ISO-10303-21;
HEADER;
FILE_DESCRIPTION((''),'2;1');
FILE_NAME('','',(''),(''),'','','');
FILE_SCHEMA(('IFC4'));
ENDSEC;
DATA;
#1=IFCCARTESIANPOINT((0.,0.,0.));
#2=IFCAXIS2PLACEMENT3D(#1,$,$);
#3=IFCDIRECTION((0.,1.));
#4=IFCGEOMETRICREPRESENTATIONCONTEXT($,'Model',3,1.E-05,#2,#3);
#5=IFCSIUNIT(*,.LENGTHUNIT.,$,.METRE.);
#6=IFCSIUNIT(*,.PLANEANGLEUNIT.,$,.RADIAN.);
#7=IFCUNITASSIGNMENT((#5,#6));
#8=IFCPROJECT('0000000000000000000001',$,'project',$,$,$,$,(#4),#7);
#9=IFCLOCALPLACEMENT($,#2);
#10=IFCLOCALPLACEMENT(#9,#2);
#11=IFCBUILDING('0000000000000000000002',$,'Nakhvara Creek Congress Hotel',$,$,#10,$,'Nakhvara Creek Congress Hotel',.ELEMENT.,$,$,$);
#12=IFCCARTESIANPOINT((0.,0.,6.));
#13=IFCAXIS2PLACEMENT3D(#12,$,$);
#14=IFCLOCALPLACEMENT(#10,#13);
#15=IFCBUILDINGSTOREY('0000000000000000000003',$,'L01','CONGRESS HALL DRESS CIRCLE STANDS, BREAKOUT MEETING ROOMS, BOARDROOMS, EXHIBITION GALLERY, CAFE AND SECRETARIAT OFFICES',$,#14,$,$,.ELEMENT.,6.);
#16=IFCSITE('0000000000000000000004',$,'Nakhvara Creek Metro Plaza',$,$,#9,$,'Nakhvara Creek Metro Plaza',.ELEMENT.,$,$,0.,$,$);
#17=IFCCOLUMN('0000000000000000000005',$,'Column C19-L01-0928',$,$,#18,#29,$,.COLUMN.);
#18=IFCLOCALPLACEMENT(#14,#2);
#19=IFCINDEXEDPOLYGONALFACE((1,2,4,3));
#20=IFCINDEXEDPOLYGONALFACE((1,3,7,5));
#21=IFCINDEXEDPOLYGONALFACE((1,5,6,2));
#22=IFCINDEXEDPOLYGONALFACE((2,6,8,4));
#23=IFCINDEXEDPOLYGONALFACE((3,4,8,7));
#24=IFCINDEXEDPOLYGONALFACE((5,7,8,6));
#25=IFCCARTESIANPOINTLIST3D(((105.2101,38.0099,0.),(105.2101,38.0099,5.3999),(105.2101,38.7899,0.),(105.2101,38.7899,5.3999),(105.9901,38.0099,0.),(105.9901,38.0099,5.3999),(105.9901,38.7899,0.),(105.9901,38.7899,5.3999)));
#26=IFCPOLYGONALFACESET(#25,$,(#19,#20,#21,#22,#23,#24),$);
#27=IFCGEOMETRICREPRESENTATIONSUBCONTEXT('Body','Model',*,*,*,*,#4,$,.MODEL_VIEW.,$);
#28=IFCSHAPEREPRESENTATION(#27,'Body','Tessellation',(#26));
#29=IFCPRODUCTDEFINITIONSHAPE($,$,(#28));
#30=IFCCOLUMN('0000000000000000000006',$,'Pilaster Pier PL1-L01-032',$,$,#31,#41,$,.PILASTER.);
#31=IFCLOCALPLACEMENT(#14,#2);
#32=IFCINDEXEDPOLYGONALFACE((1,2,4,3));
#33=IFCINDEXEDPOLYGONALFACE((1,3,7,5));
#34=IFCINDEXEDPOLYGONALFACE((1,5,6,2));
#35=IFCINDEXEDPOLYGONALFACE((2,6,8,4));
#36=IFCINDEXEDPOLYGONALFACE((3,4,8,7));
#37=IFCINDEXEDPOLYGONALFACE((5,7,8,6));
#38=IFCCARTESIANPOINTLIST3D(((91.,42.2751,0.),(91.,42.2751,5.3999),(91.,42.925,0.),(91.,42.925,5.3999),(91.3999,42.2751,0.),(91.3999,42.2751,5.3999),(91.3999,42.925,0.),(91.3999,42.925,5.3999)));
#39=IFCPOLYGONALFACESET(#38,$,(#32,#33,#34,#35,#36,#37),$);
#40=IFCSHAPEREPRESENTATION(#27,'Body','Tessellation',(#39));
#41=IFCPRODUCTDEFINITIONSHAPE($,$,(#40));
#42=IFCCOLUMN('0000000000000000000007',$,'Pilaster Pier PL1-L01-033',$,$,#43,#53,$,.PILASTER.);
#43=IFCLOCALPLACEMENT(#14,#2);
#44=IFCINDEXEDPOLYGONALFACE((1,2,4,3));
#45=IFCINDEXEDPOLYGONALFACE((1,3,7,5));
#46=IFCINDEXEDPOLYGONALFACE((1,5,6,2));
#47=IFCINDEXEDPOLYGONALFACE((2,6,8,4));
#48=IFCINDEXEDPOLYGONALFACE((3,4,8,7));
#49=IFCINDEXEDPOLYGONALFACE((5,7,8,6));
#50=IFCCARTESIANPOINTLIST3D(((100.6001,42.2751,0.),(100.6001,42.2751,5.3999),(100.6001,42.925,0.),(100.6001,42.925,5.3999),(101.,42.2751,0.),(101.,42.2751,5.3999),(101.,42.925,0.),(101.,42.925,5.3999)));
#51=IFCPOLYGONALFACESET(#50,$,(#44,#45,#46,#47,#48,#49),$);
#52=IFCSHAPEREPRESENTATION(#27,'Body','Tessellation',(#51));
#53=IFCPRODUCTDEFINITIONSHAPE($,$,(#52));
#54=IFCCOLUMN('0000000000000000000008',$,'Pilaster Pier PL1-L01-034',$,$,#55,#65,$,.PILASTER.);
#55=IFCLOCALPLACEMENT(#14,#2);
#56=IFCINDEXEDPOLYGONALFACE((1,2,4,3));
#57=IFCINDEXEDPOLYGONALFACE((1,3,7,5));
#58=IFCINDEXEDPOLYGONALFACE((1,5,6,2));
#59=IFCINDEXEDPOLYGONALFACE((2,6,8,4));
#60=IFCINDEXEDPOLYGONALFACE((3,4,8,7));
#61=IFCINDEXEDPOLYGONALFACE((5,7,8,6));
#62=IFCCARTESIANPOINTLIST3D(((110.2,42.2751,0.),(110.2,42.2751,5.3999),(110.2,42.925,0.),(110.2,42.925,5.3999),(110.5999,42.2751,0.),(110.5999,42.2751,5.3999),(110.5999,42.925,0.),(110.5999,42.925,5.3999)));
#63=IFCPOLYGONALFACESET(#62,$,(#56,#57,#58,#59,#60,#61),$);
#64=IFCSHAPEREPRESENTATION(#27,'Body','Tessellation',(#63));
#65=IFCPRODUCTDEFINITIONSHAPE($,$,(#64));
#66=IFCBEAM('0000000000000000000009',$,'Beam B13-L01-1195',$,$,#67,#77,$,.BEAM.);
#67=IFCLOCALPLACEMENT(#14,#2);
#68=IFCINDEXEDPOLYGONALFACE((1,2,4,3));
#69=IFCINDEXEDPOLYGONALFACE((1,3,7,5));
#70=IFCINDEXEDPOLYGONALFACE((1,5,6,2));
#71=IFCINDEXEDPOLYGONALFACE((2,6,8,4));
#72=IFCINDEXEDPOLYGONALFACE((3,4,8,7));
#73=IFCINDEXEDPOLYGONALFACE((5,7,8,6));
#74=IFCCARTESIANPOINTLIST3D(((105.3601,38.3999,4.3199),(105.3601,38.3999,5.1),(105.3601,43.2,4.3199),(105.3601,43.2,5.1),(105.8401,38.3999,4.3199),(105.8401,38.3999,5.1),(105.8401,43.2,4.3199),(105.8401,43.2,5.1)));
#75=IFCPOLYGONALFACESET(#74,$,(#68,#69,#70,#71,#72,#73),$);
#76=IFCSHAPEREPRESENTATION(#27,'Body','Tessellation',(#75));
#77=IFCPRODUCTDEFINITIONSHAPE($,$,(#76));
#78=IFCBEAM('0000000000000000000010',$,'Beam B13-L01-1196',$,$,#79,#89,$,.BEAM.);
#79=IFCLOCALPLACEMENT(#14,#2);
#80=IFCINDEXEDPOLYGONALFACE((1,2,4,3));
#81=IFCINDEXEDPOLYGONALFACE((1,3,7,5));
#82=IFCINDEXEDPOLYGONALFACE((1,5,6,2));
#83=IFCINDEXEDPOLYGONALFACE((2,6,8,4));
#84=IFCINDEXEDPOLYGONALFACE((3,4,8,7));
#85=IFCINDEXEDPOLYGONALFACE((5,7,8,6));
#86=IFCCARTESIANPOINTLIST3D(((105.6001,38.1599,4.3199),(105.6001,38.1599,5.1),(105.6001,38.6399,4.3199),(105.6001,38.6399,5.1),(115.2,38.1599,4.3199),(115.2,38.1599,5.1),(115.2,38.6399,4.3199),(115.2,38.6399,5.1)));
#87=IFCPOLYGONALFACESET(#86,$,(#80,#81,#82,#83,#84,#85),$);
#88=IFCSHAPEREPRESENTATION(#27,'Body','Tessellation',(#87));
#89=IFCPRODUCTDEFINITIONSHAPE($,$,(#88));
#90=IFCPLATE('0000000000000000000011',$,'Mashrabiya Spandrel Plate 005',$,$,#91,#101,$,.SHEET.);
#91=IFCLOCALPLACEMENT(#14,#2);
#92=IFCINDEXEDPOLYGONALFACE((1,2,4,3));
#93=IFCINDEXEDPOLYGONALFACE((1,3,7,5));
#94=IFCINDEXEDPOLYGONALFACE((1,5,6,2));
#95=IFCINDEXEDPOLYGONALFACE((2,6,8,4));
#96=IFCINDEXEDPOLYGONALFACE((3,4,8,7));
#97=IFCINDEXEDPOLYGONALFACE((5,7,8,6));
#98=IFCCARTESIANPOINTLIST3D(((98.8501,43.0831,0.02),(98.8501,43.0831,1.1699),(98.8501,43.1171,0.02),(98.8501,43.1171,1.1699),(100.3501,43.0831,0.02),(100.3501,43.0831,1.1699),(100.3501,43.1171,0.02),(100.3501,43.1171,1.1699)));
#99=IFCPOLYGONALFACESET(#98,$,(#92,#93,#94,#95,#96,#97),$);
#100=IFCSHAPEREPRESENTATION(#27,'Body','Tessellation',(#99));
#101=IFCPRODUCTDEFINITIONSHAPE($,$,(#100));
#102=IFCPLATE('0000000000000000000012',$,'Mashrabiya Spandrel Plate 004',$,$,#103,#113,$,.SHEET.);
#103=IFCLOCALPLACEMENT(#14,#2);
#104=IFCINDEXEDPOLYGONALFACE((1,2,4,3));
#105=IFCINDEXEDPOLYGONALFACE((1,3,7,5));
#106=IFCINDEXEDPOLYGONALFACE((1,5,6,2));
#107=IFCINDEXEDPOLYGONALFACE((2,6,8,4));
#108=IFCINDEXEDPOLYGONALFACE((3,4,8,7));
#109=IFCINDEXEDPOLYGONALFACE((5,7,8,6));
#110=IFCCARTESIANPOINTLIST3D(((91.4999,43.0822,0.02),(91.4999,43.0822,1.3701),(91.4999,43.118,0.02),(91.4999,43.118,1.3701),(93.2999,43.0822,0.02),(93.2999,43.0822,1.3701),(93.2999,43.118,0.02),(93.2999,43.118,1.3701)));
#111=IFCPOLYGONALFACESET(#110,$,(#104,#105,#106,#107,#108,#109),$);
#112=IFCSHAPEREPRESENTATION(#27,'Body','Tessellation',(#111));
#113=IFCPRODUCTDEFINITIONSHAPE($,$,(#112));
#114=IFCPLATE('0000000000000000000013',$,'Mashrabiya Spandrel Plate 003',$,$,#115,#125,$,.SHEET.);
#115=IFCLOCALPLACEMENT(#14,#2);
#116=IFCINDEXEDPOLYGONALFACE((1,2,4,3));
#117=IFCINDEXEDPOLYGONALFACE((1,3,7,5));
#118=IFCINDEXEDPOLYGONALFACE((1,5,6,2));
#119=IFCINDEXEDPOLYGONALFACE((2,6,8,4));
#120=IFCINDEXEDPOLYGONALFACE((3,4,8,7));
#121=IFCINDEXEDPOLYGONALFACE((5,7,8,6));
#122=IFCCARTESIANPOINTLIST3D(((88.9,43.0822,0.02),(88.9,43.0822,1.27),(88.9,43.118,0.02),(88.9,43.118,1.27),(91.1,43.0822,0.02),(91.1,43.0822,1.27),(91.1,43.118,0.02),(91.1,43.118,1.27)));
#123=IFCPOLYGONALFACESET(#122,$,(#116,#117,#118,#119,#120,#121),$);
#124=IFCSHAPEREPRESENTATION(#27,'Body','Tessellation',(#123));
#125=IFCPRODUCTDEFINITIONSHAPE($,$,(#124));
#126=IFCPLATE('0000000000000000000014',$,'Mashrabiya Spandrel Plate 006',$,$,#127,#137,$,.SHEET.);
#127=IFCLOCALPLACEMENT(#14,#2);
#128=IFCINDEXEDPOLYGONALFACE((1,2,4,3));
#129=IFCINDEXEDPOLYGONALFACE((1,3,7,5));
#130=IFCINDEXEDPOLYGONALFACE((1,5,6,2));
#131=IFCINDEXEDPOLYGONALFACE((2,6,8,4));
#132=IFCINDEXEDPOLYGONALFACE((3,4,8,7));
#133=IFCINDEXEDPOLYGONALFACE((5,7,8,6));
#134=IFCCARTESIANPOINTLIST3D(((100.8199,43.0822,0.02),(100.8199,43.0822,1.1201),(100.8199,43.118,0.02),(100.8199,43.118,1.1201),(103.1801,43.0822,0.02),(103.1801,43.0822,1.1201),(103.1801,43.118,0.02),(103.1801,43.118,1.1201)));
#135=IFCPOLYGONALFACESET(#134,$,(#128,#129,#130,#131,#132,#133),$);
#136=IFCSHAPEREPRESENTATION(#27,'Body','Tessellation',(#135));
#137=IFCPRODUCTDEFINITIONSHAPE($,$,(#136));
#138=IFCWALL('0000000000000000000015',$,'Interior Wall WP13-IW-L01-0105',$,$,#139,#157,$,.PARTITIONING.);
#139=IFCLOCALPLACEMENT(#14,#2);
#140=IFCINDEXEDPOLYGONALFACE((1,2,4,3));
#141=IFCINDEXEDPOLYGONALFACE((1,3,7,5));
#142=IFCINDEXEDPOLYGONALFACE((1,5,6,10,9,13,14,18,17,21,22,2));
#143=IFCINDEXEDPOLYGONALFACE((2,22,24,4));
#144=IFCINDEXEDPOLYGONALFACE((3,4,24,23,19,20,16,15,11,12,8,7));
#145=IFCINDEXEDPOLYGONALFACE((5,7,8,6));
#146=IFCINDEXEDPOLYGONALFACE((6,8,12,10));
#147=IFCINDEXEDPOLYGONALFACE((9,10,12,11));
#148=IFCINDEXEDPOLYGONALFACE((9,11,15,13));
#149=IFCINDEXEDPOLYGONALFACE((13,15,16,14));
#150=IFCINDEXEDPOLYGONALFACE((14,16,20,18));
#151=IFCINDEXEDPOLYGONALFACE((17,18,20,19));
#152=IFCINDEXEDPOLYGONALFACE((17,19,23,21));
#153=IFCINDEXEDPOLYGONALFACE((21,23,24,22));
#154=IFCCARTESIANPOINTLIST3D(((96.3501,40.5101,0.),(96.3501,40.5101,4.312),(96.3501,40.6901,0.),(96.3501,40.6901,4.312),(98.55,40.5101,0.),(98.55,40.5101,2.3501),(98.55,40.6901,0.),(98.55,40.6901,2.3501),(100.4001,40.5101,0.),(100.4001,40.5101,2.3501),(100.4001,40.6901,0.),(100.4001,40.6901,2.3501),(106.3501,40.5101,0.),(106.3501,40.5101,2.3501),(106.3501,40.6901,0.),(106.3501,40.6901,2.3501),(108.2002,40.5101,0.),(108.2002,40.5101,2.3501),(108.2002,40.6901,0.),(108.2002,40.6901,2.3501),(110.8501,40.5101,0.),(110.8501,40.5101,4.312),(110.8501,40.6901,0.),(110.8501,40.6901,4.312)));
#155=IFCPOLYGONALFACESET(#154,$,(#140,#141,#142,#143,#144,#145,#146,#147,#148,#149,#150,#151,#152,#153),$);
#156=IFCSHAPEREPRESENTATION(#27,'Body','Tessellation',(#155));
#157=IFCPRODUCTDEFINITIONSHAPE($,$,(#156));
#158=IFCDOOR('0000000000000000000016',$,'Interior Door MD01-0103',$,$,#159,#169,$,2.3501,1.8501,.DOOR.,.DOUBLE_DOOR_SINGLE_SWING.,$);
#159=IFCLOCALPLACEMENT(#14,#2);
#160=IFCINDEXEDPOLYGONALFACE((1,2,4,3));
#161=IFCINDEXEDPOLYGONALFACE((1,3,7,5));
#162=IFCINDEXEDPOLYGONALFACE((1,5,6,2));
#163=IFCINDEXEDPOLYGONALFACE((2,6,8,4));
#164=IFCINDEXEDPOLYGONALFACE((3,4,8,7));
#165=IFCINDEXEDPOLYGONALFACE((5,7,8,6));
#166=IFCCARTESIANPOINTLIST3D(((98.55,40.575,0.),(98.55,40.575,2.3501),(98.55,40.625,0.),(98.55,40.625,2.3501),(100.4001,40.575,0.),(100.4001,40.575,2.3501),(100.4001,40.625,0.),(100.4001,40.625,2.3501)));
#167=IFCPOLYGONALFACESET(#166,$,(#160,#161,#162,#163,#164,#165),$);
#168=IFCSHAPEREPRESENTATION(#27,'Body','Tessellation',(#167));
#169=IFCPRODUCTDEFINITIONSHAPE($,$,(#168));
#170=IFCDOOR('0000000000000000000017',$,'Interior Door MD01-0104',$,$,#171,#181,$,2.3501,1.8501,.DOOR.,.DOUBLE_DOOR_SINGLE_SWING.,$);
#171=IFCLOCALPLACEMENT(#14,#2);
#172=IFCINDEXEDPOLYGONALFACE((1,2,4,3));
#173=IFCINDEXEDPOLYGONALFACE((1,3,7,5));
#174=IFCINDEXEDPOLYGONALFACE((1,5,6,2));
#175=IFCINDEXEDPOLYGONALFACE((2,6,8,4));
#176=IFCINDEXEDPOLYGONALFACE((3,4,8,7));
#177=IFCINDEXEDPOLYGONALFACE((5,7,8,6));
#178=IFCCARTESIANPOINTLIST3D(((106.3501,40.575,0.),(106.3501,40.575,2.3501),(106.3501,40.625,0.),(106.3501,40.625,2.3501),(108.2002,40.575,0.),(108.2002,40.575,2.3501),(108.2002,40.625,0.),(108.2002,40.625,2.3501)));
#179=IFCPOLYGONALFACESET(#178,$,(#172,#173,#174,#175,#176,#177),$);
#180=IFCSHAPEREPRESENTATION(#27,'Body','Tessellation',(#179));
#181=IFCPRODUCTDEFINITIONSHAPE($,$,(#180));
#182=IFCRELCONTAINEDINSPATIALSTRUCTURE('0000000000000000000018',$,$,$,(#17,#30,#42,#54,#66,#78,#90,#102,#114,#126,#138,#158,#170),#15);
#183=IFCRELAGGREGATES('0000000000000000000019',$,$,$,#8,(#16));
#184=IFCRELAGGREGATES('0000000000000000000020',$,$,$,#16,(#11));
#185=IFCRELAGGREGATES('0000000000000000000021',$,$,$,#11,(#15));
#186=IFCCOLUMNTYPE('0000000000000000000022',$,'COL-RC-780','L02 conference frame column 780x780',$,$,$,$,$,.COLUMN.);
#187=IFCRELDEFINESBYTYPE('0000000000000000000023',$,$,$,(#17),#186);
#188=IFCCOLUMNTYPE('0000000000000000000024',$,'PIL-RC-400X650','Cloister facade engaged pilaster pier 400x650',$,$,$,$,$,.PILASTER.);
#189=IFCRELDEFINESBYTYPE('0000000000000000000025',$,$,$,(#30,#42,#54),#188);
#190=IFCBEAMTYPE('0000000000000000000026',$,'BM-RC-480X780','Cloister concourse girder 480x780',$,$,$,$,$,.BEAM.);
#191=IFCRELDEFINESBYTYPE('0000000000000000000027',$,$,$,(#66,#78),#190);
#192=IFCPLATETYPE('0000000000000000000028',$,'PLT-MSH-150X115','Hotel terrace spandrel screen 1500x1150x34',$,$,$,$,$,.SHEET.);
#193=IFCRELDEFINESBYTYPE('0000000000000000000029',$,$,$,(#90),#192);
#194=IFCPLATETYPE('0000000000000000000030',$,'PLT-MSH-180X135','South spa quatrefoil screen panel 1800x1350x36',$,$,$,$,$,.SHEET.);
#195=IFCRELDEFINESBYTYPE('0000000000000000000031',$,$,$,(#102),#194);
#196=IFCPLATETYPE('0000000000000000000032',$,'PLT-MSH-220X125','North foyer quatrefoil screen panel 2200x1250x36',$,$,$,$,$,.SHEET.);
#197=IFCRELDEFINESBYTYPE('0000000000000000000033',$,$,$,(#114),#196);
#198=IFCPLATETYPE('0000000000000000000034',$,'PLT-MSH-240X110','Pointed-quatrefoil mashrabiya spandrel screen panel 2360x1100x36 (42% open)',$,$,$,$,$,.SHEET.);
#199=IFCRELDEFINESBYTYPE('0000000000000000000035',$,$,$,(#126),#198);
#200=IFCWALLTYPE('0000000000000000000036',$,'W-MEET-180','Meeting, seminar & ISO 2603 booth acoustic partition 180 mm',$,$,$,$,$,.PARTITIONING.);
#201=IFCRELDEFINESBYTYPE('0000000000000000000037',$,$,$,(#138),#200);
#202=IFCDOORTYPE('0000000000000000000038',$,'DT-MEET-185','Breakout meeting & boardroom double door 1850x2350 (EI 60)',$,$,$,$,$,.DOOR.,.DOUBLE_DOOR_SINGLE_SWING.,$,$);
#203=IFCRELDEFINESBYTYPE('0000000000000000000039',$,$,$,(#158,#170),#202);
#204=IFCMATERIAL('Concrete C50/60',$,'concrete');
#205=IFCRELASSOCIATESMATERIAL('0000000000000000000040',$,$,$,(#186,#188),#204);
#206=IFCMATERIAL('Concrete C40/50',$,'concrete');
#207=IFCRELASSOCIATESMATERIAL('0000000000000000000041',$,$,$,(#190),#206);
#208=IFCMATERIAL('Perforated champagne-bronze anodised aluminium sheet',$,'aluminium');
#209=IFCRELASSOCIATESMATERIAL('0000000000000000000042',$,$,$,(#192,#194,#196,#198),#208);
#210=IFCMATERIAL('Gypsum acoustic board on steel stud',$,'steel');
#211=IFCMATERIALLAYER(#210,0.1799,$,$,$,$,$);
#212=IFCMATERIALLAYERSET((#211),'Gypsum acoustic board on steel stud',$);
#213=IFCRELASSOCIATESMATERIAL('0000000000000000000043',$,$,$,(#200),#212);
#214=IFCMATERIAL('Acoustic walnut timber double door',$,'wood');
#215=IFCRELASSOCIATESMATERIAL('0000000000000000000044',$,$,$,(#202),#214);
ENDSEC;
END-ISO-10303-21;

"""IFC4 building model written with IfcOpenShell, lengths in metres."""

from ifc_helpers import new_model, si_unit, direction, frame, frame_2d, origin, origin_2d, place, context, subcontext, project, spatial, rectangle, extrude, material, layer, layer_set, material_profile, profile_set, type_object, element, fill, save


model = new_model("IFC4")

# Units and contexts
model_context = context("Model", 3, precision=1e-05, world=origin(), true_north=direction((0.0, 1.0)))
body_context = subcontext(model_context, "Body", "Model", "MODEL_VIEW")
ifc_project = project(units=[si_unit("LENGTHUNIT", "METRE"), si_unit("PLANEANGLEUNIT", "RADIAN")], contexts=[model_context])

# Site, building, storey
site_placement = place(None, origin())
site = spatial("IfcSite", under=ifc_project, at=site_placement, Name="Nakhvara Creek Metro Plaza", LongName="Nakhvara Creek Metro Plaza", CompositionType="ELEMENT", RefElevation=0.0)
building_placement = place(site_placement, origin())
building = spatial("IfcBuilding", under=site, at=building_placement, Name="Nakhvara Creek Congress Hotel", LongName="Nakhvara Creek Congress Hotel", CompositionType="ELEMENT")
storey_placement = place(building_placement, frame((0.0, 0.0, 6.0)))
storey = spatial("IfcBuildingStorey", under=building, at=storey_placement, Name="L01", Description="CONGRESS HALL DRESS CIRCLE STANDS, BREAKOUT MEETING ROOMS, BOARDROOMS, EXHIBITION GALLERY, CAFE AND SECRETARIAT OFFICES", CompositionType="ELEMENT", Elevation=6.0)

# Columns
ifc_material_1 = material(Name="Concrete C50/60", Category="concrete")
ifc_material_profile_1 = material_profile(ifc_material_1, rectangle(XDim=0.78, YDim=0.78, at=origin_2d()), Name="RC-COL 780x780", Category="LoadBearing")
ifc_profile_set_1 = profile_set([ifc_material_profile_1], Name="Concrete C50/60")
column_type_1 = type_object("IfcColumnType", Name="COL-RC-780", Description="L02 conference frame column 780x780", PredefinedType="COLUMN", material=ifc_profile_set_1)
column_placement = place(storey_placement, frame((105.6001, 38.3999, 0.0), z_axis=(0.0, 0.0, 1.0), x_axis=(1.0, 0.0, 0.0)))
element("IfcColumn", 1, at=column_placement, inside=storey, type_object=column_type_1, Name="Column C19-L01-0928", PredefinedType="COLUMN", context=body_context, shape_type="SweptSolid", body=[
    extrude(rectangle(XDim=0.78, YDim=0.78, at=origin_2d()), origin(), (0.0, 0.0, 1.0), 5.3999),
])
ifc_material_profile_2 = material_profile(ifc_material_1, rectangle(XDim=0.3999, YDim=0.6499, at=origin_2d()), Name="RC-PIL 400x650", Category="LoadBearing")
ifc_profile_set_2 = profile_set([ifc_material_profile_2], Name="Concrete C50/60")
column_type_2 = type_object("IfcColumnType", Name="PIL-RC-400X650", Description="Cloister facade engaged pilaster pier 400x650", PredefinedType="PILASTER", material=ifc_profile_set_2)
for number, where, z_axis, x_axis, name in (
    (2, (91.2, 42.6001, 0.0), (0.0, 0.0, 1.0), (1.0, 0.0, 0.0), "Pilaster Pier PL1-L01-032"),
    (3, (100.8, 42.6001, 0.0), (0.0, 0.0, 1.0), (1.0, 0.0, 0.0), "Pilaster Pier PL1-L01-033"),
    (4, (110.3999, 42.6001, 0.0), (0.0, 0.0, 1.0), (1.0, 0.0, 0.0), "Pilaster Pier PL1-L01-034"),
):
    element("IfcColumn", number, at=place(storey_placement, frame(where, z_axis=z_axis, x_axis=x_axis)), inside=storey, type_object=column_type_2, Name=name, PredefinedType="PILASTER", context=body_context, shape_type="SweptSolid", body=[
        extrude(rectangle(XDim=0.3999, YDim=0.6499, at=origin_2d()), origin(), (0.0, 0.0, 1.0), 5.3999),
    ])

# Beams
ifc_material_2 = material(Name="Concrete C40/50", Category="concrete")
ifc_material_profile_3 = material_profile(ifc_material_2, rectangle(XDim=0.48, YDim=0.78, at=origin_2d()), Name="RC-BM 480x780", Category="LoadBearing")
ifc_profile_set_3 = profile_set([ifc_material_profile_3], Name="Concrete C40/50")
beam_type = type_object("IfcBeamType", Name="BM-RC-480X780", Description="Cloister concourse girder 480x780", PredefinedType="BEAM", material=ifc_profile_set_3)
beam_1_placement = place(storey_placement, frame((105.6001, 38.3999, 4.71), z_axis=(0.0, 1.0, 0.0), x_axis=(-1.0, 0.0, 0.0)))
element("IfcBeam", 5, at=beam_1_placement, inside=storey, type_object=beam_type, Name="Beam B13-L01-1195", PredefinedType="BEAM", context=body_context, shape_type="SweptSolid", body=[
    extrude(rectangle(XDim=0.48, YDim=0.78, at=origin_2d()), origin(), (0.0, 0.0, 1.0), 4.8),
])
beam_2_placement = place(storey_placement, frame((105.6001, 38.3999, 4.71), z_axis=(1.0, 0.0, 0.0), x_axis=(0.0, 1.0, 0.0)))
element("IfcBeam", 6, at=beam_2_placement, inside=storey, type_object=beam_type, Name="Beam B13-L01-1196", PredefinedType="BEAM", context=body_context, shape_type="SweptSolid", body=[
    extrude(rectangle(XDim=0.48, YDim=0.78, at=origin_2d()), origin(), (0.0, 0.0, 1.0), 9.5999),
])

# Plates
ifc_material_3 = material(Name="Perforated champagne-bronze anodised aluminium sheet", Category="aluminium")
plate_type_1 = type_object("IfcPlateType", Name="PLT-MSH-150X115", Description="Hotel terrace spandrel screen 1500x1150x34", PredefinedType="SHEET", material=ifc_material_3)
plate_1_placement = place(storey_placement, frame((99.6001, 43.1001, 0.02), z_axis=(0.0, 0.0, 1.0), x_axis=(1.0, 0.0, 0.0)))
element("IfcPlate", 7, at=plate_1_placement, inside=storey, type_object=plate_type_1, Name="Mashrabiya Spandrel Plate 005", PredefinedType="SHEET", context=body_context, shape_type="SweptSolid", body=[
    extrude(rectangle(XDim=1.5, YDim=0.0339, at=origin_2d()), origin(), (0.0, 0.0, 1.0), 1.1499),
])
plate_type_2 = type_object("IfcPlateType", Name="PLT-MSH-180X135", Description="South spa quatrefoil screen panel 1800x1350x36", PredefinedType="SHEET", material=ifc_material_3)
plate_2_placement = place(storey_placement, frame((92.3999, 43.1001, 0.02), z_axis=(0.0, 0.0, 1.0), x_axis=(1.0, 0.0, 0.0)))
element("IfcPlate", 8, at=plate_2_placement, inside=storey, type_object=plate_type_2, Name="Mashrabiya Spandrel Plate 004", PredefinedType="SHEET", context=body_context, shape_type="SweptSolid", body=[
    extrude(rectangle(XDim=1.8, YDim=0.0359, at=origin_2d()), origin(), (0.0, 0.0, 1.0), 1.3501),
])
plate_type_3 = type_object("IfcPlateType", Name="PLT-MSH-220X125", Description="North foyer quatrefoil screen panel 2200x1250x36", PredefinedType="SHEET", material=ifc_material_3)
plate_3_placement = place(storey_placement, frame((90.0, 43.1001, 0.02), z_axis=(0.0, 0.0, 1.0), x_axis=(1.0, 0.0, 0.0)))
element("IfcPlate", 9, at=plate_3_placement, inside=storey, type_object=plate_type_3, Name="Mashrabiya Spandrel Plate 003", PredefinedType="SHEET", context=body_context, shape_type="SweptSolid", body=[
    extrude(rectangle(XDim=2.2, YDim=0.0359, at=origin_2d()), origin(), (0.0, 0.0, 1.0), 1.25),
])
plate_type_4 = type_object("IfcPlateType", Name="PLT-MSH-240X110", Description="Pointed-quatrefoil mashrabiya spandrel screen panel 2360x1100x36 (42% open)", PredefinedType="SHEET", material=ifc_material_3)
plate_4_placement = place(storey_placement, frame((102.0, 43.1001, 0.02), z_axis=(0.0, 0.0, 1.0), x_axis=(1.0, 0.0, 0.0)))
element("IfcPlate", 10, at=plate_4_placement, inside=storey, type_object=plate_type_4, Name="Mashrabiya Spandrel Plate 006", PredefinedType="SHEET", context=body_context, shape_type="SweptSolid", body=[
    extrude(rectangle(XDim=2.3601, YDim=0.0359, at=origin_2d()), origin(), (0.0, 0.0, 1.0), 1.1001),
])

# Wall, openings, doors
ifc_material_4 = material(Name="Gypsum acoustic board on steel stud", Category="steel")
ifc_layer = layer(ifc_material_4, 0.1799)
ifc_layer_set = layer_set([ifc_layer], Name="Gypsum acoustic board on steel stud")
wall_type = type_object("IfcWallType", Name="W-MEET-180", Description="Meeting, seminar & ISO 2603 booth acoustic partition 180 mm", PredefinedType="PARTITIONING", material=ifc_layer_set)
wall_1_placement = place(storey_placement, frame((96.3501, 40.6001, 0.0), z_axis=(0.0, 0.0, 1.0), x_axis=(1.0, 0.0, 0.0)))
wall_1 = element("IfcWall", 11, at=wall_1_placement, inside=storey, type_object=wall_type, Name="Interior Wall WP13-IW-L01-0105", PredefinedType="PARTITIONING", context=body_context, shape_type="SweptSolid", body=[
    extrude(rectangle(XDim=14.5, YDim=0.1799, at=frame_2d((7.25, 0.0))), origin(), (0.0, 0.0, 1.0), 4.312),
])
opening_1_placement = place(wall_1_placement, frame((2.2, 0.0, 0.0)))
opening_1 = element("IfcOpeningElement", 12, at=opening_1_placement, cuts=wall_1, PredefinedType="OPENING", context=body_context, shape_type="SweptSolid", body=[
    extrude(rectangle(XDim=1.8501, YDim=2.3501, at=frame_2d((0.925, 1.175))), frame((0.0, 0.1021, 0.0), z_axis=(0.0, -1.0, 0.0), x_axis=(1.0, 0.0, 0.0)), (0.0, 0.0, 1.0), 0.2039),
])
opening_2_placement = place(wall_1_placement, frame((10.0, 0.0, 0.0)))
opening_2 = element("IfcOpeningElement", 13, at=opening_2_placement, cuts=wall_1, PredefinedType="OPENING", context=body_context, shape_type="SweptSolid", body=[
    extrude(rectangle(XDim=1.8501, YDim=2.3501, at=frame_2d((0.925, 1.175))), frame((0.0, 0.1021, 0.0), z_axis=(0.0, -1.0, 0.0), x_axis=(1.0, 0.0, 0.0)), (0.0, 0.0, 1.0), 0.2039),
])
ifc_material_5 = material(Name="Acoustic walnut timber double door", Category="wood")
door_type = type_object("IfcDoorType", Name="DT-MEET-185", Description="Breakout meeting & boardroom double door 1850x2350 (EI 60)", OperationType="DOUBLE_DOOR_SINGLE_SWING", PredefinedType="DOOR", material=ifc_material_5)
door_1_placement = place(opening_1_placement, origin())
door_1 = element("IfcDoor", 14, at=door_1_placement, inside=storey, type_object=door_type, Name="Interior Door MD01-0103", OperationType="DOUBLE_DOOR_SINGLE_SWING", OverallHeight=2.3501, OverallWidth=1.8501, PredefinedType="DOOR", context=body_context, shape_type="SweptSolid", body=[
    extrude(rectangle(XDim=1.8501, YDim=2.3501, at=frame_2d((0.925, 1.175))), frame((0.0, 0.0249, 0.0), z_axis=(0.0, -1.0, 0.0), x_axis=(1.0, 0.0, 0.0)), (0.0, 0.0, 1.0), 0.05),
])
fill(opening_1, door_1)
door_2_placement = place(opening_2_placement, origin())
door_2 = element("IfcDoor", 15, at=door_2_placement, inside=storey, type_object=door_type, Name="Interior Door MD01-0104", OperationType="DOUBLE_DOOR_SINGLE_SWING", OverallHeight=2.3501, OverallWidth=1.8501, PredefinedType="DOOR", context=body_context, shape_type="SweptSolid", body=[
    extrude(rectangle(XDim=1.8501, YDim=2.3501, at=frame_2d((0.925, 1.175))), frame((0.0, 0.0249, 0.0), z_axis=(0.0, -1.0, 0.0), x_axis=(1.0, 0.0, 0.0)), (0.0, 0.0, 1.0), 0.05),
])
fill(opening_2, door_2)

save(model, "model.ifc")
